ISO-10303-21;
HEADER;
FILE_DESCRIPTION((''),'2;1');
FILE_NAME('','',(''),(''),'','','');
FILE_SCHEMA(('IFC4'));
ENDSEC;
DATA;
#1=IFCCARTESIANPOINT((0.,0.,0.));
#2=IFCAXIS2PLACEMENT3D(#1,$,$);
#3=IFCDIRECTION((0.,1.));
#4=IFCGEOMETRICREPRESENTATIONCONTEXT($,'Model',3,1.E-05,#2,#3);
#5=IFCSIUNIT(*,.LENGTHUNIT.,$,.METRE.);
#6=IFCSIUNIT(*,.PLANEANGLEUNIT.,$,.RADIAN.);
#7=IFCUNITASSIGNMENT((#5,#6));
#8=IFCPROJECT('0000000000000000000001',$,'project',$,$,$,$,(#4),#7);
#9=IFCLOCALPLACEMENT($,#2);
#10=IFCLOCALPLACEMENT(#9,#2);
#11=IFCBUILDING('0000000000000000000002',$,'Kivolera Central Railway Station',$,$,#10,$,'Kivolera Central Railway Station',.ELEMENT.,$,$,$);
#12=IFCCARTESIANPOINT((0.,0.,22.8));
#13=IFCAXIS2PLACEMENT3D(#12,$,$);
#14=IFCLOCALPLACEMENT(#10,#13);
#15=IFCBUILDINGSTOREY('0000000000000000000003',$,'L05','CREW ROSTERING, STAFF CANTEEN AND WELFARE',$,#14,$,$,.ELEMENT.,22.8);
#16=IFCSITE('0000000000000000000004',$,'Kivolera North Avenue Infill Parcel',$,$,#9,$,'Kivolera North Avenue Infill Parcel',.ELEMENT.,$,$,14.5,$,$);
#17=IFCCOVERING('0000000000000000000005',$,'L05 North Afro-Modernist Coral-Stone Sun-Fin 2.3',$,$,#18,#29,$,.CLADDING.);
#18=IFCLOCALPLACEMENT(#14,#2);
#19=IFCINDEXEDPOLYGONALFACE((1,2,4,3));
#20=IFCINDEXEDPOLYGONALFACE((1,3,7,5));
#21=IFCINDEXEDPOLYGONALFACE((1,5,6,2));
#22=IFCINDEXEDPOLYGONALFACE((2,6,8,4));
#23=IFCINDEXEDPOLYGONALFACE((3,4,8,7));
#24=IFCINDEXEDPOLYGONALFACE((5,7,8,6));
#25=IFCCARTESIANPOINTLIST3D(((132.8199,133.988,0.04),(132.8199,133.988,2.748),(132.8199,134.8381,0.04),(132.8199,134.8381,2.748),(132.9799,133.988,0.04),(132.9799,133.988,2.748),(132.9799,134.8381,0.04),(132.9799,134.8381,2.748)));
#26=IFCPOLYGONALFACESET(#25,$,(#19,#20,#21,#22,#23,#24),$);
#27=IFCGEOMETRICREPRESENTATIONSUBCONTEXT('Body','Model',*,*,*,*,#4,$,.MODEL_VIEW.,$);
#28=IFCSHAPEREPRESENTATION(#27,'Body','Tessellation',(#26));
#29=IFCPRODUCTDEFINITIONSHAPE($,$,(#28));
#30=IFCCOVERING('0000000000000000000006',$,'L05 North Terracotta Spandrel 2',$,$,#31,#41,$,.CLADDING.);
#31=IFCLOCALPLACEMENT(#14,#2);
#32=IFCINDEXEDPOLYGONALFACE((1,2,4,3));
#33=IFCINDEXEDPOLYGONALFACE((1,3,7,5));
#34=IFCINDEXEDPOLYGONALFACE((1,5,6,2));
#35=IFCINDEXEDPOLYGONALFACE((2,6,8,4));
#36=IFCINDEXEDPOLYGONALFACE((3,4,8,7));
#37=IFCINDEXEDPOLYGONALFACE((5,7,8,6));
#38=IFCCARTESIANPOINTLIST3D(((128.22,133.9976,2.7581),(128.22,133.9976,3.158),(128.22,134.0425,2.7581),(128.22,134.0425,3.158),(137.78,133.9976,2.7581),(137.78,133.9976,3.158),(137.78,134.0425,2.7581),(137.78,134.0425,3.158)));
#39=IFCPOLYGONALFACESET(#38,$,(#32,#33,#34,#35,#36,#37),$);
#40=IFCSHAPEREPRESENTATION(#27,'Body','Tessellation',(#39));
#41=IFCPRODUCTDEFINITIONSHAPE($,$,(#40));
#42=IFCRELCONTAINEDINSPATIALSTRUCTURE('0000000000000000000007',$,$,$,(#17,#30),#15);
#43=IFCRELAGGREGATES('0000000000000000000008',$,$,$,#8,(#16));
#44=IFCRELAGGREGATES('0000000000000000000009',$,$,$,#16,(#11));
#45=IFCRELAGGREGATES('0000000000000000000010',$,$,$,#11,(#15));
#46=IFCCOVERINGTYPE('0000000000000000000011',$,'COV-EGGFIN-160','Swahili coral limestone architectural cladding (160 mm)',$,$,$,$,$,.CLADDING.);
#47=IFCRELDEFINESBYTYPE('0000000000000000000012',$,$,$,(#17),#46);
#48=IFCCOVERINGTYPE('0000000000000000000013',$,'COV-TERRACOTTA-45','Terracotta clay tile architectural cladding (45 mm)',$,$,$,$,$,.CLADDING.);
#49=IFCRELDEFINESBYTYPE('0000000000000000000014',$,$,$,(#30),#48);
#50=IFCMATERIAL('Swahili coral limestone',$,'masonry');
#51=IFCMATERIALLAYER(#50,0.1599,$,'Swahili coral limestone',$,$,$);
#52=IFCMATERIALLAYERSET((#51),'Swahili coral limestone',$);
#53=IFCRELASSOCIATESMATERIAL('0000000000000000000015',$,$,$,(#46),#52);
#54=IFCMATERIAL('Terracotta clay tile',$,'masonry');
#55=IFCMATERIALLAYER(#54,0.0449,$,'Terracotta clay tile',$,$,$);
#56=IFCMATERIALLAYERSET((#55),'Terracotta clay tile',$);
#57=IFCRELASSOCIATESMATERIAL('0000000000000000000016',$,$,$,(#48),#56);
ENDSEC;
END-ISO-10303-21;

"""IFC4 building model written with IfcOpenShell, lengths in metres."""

from ifc_helpers import new_model, si_unit, direction, frame, frame_2d, origin, origin_2d, place, context, subcontext, project, spatial, rectangle, extrude, material, layer, layer_set, type_object, element, save


model = new_model("IFC4")

# Units and contexts
model_context = context("Model", 3, precision=1e-05, world=origin(), true_north=direction((0.0, 1.0)))
body_context = subcontext(model_context, "Body", "Model", "MODEL_VIEW")
ifc_project = project(units=[si_unit("LENGTHUNIT", "METRE"), si_unit("PLANEANGLEUNIT", "RADIAN")], contexts=[model_context])

# Site, building, storey
site_placement = place(None, origin())
site = spatial("IfcSite", under=ifc_project, at=site_placement, Name="Kivolera North Avenue Infill Parcel", LongName="Kivolera North Avenue Infill Parcel", CompositionType="ELEMENT", RefElevation=14.5)
building_placement = place(site_placement, origin())
building = spatial("IfcBuilding", under=site, at=building_placement, Name="Kivolera Central Railway Station", LongName="Kivolera Central Railway Station", CompositionType="ELEMENT")
storey_placement = place(building_placement, frame((0.0, 0.0, 22.8)))
storey = spatial("IfcBuildingStorey", under=building, at=storey_placement, Name="L05", Description="CREW ROSTERING, STAFF CANTEEN AND WELFARE", CompositionType="ELEMENT", Elevation=22.8)

# Shared definitions
ifc_material_1 = material(Name="Swahili coral limestone", Category="masonry")

# Coverings
ifc_layer_1 = layer(ifc_material_1, 0.1599, Name="Swahili coral limestone")
ifc_layer_set_1 = layer_set([ifc_layer_1], Name="Swahili coral limestone")
covering_type_1 = type_object("IfcCoveringType", Name="COV-EGGFIN-160", Description="Swahili coral limestone architectural cladding (160 mm)", PredefinedType="CLADDING", material=ifc_layer_set_1)
for number, where, z_axis, x_axis, name in (
    (1, (132.8999, 134.4131, 0.04), (0.0, 0.0, 1.0), (1.0, 0.0, 0.0), "L05 North Afro-Modernist Coral-Stone Sun-Fin 2.3"),
):
    element("IfcCovering", number, at=place(storey_placement, frame(where, z_axis=z_axis, x_axis=x_axis)), inside=storey, type_object=covering_type_1, Name=name, PredefinedType="CLADDING", context=body_context, shape_type="SweptSolid", body=[
        extrude(rectangle(XDim=0.1599, YDim=0.8501, at=origin_2d()), origin(), (0.0, 0.0, 1.0), 2.708),
    ])
ifc_material_2 = material(Name="Terracotta clay tile", Category="masonry")
ifc_layer_2 = layer(ifc_material_2, 0.0449, Name="Terracotta clay tile")
ifc_layer_set_2 = layer_set([ifc_layer_2], Name="Terracotta clay tile")
covering_type_2 = type_object("IfcCoveringType", Name="COV-TERRACOTTA-45", Description="Terracotta clay tile architectural cladding (45 mm)", PredefinedType="CLADDING", material=ifc_layer_set_2)
covering_1_placement = place(storey_placement, frame((128.22, 134.02, 2.7581), z_axis=(0.0, 0.0, 1.0), x_axis=(1.0, 0.0, 0.0)))
element("IfcCovering", 2, at=covering_1_placement, inside=storey, type_object=covering_type_2, Name="L05 North Terracotta Spandrel 2", PredefinedType="CLADDING", context=body_context, shape_type="SweptSolid", body=[
    extrude(rectangle(XDim=9.5601, YDim=0.0449, at=frame_2d((4.78, 0.0))), origin(), (0.0, 0.0, 1.0), 0.3999),
])

save(model, "model.ifc")
